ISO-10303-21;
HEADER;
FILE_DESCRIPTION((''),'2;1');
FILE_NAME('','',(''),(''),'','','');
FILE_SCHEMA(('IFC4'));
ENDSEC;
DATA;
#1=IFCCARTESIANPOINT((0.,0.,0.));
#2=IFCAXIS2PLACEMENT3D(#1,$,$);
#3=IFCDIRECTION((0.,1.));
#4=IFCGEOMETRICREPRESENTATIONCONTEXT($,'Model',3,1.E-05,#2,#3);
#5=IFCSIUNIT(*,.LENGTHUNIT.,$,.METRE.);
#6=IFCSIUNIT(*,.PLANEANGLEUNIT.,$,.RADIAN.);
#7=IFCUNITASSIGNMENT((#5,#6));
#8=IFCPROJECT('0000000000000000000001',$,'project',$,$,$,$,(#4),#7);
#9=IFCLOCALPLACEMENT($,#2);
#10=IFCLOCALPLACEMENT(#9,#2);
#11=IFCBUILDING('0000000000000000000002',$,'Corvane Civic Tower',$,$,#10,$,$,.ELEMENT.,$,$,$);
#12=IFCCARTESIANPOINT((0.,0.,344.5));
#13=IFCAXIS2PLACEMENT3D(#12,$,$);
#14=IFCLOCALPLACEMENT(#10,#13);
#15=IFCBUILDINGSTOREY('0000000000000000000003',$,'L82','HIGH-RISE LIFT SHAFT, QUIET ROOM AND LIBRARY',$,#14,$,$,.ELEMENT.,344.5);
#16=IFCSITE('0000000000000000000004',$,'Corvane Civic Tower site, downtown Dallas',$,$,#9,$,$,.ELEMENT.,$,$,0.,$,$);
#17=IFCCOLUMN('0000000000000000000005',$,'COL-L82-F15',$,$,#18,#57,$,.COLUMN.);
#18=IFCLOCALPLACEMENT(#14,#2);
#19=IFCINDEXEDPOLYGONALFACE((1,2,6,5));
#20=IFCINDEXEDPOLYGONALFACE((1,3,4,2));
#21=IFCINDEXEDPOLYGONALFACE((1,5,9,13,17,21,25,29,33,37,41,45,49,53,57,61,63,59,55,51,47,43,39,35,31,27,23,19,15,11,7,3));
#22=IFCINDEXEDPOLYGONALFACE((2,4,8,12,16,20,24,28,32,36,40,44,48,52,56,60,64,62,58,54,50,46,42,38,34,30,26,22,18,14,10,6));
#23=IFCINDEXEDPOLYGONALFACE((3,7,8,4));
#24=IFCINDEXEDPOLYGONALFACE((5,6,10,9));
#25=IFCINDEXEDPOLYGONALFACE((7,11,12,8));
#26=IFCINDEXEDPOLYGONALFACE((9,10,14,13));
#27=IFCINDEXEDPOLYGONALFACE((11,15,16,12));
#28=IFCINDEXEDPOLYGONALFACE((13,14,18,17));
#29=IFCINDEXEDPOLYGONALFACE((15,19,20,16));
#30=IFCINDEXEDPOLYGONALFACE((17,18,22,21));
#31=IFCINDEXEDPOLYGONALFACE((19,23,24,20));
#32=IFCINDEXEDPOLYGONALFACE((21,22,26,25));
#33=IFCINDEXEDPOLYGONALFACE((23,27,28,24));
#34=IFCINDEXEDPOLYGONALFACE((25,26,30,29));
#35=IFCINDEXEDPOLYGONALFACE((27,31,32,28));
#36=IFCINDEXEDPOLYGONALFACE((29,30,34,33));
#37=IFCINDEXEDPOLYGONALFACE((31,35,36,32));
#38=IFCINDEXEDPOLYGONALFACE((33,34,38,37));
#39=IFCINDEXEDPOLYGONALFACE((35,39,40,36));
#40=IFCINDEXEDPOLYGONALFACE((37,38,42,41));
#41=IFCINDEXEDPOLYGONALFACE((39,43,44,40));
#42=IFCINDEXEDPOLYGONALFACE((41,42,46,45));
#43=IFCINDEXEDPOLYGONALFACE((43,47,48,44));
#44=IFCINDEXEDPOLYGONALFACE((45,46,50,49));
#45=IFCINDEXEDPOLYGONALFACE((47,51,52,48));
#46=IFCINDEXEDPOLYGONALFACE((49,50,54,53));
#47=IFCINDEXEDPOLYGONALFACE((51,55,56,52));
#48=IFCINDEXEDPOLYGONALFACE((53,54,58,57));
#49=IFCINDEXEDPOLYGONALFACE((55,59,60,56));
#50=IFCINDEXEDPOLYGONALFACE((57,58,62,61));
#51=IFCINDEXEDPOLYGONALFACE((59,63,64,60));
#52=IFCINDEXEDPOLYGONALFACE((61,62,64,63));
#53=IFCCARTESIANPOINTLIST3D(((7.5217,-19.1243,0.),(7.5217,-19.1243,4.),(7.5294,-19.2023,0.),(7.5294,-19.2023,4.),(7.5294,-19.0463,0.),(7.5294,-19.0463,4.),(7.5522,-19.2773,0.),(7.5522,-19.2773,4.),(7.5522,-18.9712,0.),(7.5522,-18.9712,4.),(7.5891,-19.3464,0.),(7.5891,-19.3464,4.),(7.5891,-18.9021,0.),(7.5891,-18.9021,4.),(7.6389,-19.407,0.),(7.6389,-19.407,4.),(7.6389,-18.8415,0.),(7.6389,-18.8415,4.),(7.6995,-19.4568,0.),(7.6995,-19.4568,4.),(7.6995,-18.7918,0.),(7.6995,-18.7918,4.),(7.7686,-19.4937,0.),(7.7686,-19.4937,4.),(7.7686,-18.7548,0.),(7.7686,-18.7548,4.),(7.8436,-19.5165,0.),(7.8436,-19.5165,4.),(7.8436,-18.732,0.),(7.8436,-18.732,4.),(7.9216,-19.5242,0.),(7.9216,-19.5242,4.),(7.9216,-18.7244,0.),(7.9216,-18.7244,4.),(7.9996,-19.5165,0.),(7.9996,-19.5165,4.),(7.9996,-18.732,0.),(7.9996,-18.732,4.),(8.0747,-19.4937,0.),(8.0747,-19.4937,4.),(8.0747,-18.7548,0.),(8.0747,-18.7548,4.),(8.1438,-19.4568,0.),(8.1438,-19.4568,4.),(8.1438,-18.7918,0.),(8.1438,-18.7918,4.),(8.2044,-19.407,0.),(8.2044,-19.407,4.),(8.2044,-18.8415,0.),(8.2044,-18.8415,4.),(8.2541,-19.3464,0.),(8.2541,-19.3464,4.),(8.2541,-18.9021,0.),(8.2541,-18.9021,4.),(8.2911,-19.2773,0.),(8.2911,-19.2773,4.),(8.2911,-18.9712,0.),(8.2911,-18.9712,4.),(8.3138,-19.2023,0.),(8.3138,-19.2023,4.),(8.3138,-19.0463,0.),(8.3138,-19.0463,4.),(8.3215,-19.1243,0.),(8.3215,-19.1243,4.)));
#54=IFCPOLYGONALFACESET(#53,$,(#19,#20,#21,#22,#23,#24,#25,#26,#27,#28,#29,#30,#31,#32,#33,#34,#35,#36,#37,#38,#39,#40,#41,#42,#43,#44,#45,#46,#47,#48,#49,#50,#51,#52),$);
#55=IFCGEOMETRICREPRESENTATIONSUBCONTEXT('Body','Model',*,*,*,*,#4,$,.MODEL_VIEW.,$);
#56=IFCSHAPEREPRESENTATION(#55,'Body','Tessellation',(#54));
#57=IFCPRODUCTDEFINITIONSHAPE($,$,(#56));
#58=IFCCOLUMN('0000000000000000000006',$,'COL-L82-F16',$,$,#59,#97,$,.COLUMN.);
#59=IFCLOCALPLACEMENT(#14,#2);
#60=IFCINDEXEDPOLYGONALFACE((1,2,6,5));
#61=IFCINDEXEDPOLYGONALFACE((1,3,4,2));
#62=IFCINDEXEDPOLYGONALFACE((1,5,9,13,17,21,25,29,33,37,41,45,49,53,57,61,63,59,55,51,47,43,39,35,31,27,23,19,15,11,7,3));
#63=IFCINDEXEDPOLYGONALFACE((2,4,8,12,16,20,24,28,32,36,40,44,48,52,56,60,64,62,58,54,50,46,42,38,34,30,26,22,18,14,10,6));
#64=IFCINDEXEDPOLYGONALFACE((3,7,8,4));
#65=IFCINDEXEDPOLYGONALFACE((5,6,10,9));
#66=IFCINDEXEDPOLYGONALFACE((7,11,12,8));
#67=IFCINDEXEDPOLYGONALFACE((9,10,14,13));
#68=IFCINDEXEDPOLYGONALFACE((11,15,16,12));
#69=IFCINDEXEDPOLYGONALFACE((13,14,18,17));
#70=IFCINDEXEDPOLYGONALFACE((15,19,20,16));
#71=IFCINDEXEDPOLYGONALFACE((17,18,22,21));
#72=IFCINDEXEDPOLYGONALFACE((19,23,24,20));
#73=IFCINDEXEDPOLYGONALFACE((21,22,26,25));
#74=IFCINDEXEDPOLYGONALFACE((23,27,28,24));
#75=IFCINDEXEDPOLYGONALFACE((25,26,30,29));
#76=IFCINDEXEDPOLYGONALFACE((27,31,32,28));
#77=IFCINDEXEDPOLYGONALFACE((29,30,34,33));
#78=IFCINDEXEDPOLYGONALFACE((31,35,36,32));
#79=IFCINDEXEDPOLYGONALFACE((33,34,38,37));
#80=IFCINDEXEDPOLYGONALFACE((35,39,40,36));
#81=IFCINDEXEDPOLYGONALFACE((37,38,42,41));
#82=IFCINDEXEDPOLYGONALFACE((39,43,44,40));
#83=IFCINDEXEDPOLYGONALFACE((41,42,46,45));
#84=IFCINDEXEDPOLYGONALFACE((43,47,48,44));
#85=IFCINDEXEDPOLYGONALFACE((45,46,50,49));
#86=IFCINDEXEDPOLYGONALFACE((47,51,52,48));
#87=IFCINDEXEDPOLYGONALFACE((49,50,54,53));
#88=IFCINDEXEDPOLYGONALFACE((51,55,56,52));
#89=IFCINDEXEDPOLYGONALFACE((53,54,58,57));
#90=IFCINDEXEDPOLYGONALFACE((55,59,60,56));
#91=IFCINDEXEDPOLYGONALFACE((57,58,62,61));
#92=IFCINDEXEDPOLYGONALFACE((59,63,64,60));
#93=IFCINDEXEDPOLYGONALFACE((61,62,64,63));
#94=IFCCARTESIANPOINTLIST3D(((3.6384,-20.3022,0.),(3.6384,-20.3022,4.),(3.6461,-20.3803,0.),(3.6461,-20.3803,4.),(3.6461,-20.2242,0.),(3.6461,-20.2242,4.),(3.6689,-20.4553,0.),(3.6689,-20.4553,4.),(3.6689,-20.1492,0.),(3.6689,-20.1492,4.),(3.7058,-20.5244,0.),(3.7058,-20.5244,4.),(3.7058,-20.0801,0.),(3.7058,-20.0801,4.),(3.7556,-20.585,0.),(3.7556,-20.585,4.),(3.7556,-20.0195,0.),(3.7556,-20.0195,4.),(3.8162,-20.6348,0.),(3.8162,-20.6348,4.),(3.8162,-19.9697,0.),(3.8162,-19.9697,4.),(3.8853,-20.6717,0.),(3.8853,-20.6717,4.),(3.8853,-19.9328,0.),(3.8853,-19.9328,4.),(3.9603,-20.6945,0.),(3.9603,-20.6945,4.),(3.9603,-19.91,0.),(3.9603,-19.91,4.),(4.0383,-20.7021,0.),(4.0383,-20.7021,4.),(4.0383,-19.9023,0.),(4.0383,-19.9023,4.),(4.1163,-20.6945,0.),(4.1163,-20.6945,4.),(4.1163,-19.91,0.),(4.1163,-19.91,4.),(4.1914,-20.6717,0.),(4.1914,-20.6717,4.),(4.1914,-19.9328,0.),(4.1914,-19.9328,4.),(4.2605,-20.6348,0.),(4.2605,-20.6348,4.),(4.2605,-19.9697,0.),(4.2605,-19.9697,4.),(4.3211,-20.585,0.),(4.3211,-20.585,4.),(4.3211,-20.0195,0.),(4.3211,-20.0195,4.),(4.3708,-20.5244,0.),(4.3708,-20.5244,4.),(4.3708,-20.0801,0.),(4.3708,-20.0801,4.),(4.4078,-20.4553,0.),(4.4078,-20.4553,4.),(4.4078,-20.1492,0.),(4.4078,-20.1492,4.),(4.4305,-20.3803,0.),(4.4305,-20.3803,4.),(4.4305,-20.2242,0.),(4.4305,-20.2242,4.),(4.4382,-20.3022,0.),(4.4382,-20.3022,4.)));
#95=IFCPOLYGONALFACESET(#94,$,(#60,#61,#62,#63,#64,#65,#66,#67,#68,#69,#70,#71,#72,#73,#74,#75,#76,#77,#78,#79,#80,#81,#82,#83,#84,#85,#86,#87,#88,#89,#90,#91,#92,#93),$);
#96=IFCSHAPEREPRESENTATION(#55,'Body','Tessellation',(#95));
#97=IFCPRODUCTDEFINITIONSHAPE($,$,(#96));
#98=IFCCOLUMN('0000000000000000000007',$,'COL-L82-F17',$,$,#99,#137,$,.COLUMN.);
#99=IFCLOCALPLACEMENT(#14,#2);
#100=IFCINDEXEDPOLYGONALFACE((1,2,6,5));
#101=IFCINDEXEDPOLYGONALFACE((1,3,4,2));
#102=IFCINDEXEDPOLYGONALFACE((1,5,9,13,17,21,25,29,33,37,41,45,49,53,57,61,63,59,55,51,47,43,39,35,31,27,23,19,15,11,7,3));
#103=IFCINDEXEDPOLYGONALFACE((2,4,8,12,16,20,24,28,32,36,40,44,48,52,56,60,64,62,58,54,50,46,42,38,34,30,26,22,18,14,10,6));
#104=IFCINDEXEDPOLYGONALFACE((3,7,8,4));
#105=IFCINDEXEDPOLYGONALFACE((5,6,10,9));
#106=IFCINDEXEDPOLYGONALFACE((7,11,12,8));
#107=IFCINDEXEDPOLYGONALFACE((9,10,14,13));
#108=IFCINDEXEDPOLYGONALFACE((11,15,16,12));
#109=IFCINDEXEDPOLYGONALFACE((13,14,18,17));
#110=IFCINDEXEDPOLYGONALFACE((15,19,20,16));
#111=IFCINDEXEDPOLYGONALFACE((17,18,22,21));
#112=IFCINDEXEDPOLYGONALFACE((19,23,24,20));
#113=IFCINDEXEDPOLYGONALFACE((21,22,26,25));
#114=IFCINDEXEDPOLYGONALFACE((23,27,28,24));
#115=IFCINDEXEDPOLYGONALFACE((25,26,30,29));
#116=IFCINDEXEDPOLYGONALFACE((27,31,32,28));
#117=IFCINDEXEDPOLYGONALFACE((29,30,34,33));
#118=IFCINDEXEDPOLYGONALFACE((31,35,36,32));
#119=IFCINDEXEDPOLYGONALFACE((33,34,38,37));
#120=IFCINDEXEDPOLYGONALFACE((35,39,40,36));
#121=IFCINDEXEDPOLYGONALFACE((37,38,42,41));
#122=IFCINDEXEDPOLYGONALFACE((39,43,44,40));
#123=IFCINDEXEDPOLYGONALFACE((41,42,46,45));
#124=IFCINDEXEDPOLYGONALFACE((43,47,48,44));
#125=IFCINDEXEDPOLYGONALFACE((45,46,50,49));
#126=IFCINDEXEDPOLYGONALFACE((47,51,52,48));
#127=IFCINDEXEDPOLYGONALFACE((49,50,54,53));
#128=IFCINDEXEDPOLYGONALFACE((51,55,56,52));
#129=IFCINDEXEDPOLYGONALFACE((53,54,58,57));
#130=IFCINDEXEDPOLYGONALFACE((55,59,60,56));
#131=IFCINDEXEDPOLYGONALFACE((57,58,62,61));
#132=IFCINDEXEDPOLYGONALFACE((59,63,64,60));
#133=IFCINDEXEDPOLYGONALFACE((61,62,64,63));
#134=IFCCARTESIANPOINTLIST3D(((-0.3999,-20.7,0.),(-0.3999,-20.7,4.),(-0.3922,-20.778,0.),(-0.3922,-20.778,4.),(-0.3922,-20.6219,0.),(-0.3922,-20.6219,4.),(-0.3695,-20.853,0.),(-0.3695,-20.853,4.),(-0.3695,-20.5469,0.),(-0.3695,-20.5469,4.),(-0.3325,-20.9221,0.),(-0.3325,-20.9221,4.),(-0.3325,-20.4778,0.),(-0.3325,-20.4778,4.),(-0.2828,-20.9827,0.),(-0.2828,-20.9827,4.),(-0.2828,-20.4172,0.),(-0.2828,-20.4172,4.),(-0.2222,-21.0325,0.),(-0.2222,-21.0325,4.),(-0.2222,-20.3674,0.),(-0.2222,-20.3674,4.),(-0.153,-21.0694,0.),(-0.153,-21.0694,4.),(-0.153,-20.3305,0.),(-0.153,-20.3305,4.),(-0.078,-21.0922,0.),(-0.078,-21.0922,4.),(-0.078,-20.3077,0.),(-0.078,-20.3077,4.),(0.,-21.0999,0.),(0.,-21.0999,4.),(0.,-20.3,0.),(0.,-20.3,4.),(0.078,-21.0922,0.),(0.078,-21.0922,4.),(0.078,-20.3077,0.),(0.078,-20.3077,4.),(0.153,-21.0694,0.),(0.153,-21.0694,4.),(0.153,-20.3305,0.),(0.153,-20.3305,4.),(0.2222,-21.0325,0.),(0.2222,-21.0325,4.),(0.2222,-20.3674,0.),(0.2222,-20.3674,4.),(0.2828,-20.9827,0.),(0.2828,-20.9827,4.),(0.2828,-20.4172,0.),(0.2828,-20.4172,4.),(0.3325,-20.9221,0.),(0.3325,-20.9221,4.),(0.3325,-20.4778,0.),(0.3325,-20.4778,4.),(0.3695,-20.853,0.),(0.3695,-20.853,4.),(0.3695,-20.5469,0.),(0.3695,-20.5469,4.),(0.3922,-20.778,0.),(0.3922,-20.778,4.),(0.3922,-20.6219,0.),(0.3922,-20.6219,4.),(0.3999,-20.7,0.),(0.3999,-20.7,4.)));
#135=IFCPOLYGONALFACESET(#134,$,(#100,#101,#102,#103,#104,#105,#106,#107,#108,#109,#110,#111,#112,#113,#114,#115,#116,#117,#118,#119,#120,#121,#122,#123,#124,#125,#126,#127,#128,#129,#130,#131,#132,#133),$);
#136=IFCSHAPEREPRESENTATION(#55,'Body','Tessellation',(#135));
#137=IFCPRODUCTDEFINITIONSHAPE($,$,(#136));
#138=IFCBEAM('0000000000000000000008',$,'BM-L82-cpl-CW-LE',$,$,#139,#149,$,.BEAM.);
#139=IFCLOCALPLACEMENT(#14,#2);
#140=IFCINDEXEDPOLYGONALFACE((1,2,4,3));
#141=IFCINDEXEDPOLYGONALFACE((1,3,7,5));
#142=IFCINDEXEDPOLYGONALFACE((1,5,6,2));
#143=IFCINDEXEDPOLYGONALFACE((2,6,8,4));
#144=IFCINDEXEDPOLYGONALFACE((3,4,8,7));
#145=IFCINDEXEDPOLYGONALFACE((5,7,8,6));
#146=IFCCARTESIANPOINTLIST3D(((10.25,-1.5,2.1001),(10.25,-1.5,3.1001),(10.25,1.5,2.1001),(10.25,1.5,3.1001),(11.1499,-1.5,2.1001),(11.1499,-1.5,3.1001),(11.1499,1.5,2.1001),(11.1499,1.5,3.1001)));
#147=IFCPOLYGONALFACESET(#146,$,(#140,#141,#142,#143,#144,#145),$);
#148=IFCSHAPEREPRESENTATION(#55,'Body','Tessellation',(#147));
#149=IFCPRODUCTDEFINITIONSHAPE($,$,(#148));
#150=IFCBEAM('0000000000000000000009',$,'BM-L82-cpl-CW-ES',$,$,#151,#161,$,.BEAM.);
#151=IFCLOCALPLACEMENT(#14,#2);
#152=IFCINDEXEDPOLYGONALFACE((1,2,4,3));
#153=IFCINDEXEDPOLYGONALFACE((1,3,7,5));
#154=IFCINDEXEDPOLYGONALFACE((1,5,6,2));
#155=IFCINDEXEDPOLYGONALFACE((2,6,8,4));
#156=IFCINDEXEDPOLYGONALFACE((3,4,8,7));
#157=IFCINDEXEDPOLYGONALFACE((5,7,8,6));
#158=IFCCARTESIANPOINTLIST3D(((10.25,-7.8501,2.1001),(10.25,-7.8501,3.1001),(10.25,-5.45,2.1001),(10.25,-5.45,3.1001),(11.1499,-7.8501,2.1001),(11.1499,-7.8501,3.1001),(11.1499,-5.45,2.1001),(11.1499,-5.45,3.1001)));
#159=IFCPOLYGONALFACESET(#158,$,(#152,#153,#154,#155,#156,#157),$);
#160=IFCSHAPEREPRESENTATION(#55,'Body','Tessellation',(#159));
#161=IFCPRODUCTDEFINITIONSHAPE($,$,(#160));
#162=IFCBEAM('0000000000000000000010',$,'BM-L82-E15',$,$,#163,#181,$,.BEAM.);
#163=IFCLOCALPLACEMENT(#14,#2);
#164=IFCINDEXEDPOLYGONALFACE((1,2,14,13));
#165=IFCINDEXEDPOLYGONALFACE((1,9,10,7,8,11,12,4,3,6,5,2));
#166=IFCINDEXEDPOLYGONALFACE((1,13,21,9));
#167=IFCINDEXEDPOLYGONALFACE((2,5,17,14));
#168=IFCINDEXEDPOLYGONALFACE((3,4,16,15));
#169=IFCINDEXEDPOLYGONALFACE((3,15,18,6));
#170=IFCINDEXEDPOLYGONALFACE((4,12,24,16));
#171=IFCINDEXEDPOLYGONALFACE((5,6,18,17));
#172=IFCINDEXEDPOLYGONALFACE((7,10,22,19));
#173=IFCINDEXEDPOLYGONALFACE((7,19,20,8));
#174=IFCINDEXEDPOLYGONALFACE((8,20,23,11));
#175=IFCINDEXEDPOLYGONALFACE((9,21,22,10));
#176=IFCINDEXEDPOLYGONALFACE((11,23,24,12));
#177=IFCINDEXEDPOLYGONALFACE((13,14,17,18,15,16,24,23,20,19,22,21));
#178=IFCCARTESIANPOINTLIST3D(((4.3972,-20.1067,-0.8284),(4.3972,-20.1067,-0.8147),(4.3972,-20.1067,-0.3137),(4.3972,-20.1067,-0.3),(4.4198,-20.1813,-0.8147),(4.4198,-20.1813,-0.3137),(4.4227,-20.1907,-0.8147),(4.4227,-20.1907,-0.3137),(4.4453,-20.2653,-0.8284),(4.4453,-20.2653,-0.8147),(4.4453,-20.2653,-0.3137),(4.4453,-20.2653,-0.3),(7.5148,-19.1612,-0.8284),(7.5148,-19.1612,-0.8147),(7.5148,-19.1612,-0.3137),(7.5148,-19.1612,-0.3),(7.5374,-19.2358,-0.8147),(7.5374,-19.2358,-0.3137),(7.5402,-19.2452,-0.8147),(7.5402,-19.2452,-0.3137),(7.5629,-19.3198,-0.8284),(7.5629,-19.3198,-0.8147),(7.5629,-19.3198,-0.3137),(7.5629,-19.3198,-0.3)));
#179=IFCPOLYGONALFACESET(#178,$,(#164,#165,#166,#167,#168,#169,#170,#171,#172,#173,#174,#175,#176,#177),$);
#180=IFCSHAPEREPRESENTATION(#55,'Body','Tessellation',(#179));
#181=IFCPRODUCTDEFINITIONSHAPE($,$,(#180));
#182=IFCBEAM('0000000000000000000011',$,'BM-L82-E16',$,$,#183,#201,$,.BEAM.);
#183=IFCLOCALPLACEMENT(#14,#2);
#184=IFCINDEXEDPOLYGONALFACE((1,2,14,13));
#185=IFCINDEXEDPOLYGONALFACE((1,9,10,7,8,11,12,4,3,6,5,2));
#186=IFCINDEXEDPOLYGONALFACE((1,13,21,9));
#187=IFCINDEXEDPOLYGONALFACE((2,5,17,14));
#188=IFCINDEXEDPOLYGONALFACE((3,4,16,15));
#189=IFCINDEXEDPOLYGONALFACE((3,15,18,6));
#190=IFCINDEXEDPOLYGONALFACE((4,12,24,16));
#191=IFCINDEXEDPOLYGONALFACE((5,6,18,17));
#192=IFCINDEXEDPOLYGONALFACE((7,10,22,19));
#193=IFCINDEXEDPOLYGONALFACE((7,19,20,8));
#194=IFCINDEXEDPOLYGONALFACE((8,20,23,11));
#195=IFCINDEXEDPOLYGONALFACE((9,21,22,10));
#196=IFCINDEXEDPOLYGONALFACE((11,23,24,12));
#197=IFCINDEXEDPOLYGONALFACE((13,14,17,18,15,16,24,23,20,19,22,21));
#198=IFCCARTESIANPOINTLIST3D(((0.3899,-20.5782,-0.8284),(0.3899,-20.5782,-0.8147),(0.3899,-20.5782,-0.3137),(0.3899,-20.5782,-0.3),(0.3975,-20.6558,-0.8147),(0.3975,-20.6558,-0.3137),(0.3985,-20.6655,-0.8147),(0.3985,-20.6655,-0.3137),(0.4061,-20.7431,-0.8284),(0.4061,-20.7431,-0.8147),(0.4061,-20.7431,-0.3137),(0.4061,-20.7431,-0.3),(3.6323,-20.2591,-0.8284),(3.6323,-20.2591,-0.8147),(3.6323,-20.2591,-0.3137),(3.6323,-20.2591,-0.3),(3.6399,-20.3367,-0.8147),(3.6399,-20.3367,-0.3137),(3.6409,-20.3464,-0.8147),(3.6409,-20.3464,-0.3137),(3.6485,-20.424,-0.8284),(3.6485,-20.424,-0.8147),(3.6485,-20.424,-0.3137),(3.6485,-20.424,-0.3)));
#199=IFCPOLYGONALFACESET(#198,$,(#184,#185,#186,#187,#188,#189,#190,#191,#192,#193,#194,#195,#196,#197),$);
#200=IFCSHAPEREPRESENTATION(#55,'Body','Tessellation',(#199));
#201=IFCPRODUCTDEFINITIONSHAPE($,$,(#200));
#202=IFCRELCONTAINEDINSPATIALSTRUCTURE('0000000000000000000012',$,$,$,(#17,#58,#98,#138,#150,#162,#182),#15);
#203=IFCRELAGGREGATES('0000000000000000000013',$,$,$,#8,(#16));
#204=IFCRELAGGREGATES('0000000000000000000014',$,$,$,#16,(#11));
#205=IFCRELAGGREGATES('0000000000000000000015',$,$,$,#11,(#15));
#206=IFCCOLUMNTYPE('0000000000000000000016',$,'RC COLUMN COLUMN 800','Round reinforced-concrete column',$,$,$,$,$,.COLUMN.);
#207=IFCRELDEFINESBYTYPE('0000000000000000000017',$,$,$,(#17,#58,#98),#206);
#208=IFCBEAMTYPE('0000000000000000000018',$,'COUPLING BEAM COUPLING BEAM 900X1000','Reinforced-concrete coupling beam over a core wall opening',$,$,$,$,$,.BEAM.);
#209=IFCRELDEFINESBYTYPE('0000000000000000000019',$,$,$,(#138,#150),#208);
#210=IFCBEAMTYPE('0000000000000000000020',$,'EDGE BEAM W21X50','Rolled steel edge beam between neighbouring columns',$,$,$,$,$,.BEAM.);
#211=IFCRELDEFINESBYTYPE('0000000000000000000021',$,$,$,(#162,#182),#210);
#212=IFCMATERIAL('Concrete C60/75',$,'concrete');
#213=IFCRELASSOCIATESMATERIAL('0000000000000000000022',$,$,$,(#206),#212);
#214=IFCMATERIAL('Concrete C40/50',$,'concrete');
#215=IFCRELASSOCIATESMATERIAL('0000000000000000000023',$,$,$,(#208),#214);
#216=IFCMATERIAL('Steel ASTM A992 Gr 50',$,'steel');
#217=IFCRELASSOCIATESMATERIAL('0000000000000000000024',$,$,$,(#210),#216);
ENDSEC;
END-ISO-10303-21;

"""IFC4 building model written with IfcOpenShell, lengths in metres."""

from ifc_helpers import new_model, si_unit, direction, frame, origin, origin_2d, place, context, subcontext, project, spatial, rectangle, circle, i_section, extrude, material, material_profile, profile_set, type_object, element, save


model = new_model("IFC4")

# Units and contexts
model_context = context("Model", 3, precision=1e-05, world=origin(), true_north=direction((0.0, 1.0)))
body_context = subcontext(model_context, "Body", "Model", "MODEL_VIEW")
ifc_project = project(units=[si_unit("LENGTHUNIT", "METRE"), si_unit("PLANEANGLEUNIT", "RADIAN")], contexts=[model_context])

# Site, building, storey
site_placement = place(None, origin())
site = spatial("IfcSite", under=ifc_project, at=site_placement, Name="Corvane Civic Tower site, downtown Dallas", CompositionType="ELEMENT", RefElevation=0.0)
building_placement = place(site_placement, origin())
building = spatial("IfcBuilding", under=site, at=building_placement, Name="Corvane Civic Tower", CompositionType="ELEMENT")
storey_placement = place(building_placement, frame((0.0, 0.0, 344.5)))
storey = spatial("IfcBuildingStorey", under=building, at=storey_placement, Name="L82", Description="HIGH-RISE LIFT SHAFT, QUIET ROOM AND LIBRARY", CompositionType="ELEMENT", Elevation=344.5)

# Columns
ifc_material_1 = material(Name="Concrete C60/75", Category="concrete")
ifc_material_profile_1 = material_profile(ifc_material_1, circle(Radius=0.3999, at=origin_2d()), Name="COLUMN 800")
ifc_profile_set_1 = profile_set([ifc_material_profile_1], Name="Concrete C60/75")
column_type = type_object("IfcColumnType", Name="RC COLUMN COLUMN 800", Description="Round reinforced-concrete column", PredefinedType="COLUMN", material=ifc_profile_set_1)
for number, where, z_axis, x_axis, name in (
    (1, (7.9216, -19.1243, 0.0), (0.0, 0.0, 1.0), (1.0, 0.0, 0.0), "COL-L82-F15"),
    (2, (4.0383, -20.3022, 0.0), (0.0, 0.0, 1.0), (1.0, 0.0, 0.0), "COL-L82-F16"),
    (3, (0.0, -20.7, 0.0), (0.0, 0.0, 1.0), (1.0, 0.0, 0.0), "COL-L82-F17"),
):
    element("IfcColumn", number, at=place(storey_placement, frame(where, z_axis=z_axis, x_axis=x_axis)), inside=storey, type_object=column_type, Name=name, PredefinedType="COLUMN", context=body_context, shape_type="SweptSolid", body=[
        extrude(circle(Radius=0.3999, at=origin_2d()), origin(), (0.0, 0.0, 1.0), 4.0),
    ])

# Beams
ifc_material_2 = material(Name="Concrete C40/50", Category="concrete")
ifc_material_profile_2 = material_profile(ifc_material_2, rectangle(XDim=0.8999, YDim=1.0, at=origin_2d()), Name="COUPLING BEAM 900X1000")
ifc_profile_set_2 = profile_set([ifc_material_profile_2], Name="Concrete C40/50")
beam_type_1 = type_object("IfcBeamType", Name="COUPLING BEAM COUPLING BEAM 900X1000", Description="Reinforced-concrete coupling beam over a core wall opening", PredefinedType="BEAM", material=ifc_profile_set_2)
beam_1_placement = place(storey_placement, frame((10.7, -1.5, 2.6001), z_axis=(0.0, 1.0, 0.0), x_axis=(-1.0, 0.0, 0.0)))
element("IfcBeam", 4, at=beam_1_placement, inside=storey, type_object=beam_type_1, Name="BM-L82-cpl-CW-LE", PredefinedType="BEAM", context=body_context, shape_type="SweptSolid", body=[
    extrude(rectangle(XDim=0.8999, YDim=1.0, at=origin_2d()), origin(), (0.0, 0.0, 1.0), 3.0),
])
beam_2_placement = place(storey_placement, frame((10.7, -7.8501, 2.6001), z_axis=(0.0, 1.0, 0.0), x_axis=(-1.0, 0.0, 0.0)))
element("IfcBeam", 5, at=beam_2_placement, inside=storey, type_object=beam_type_1, Name="BM-L82-cpl-CW-ES", PredefinedType="BEAM", context=body_context, shape_type="SweptSolid", body=[
    extrude(rectangle(XDim=0.8999, YDim=1.0, at=origin_2d()), origin(), (0.0, 0.0, 1.0), 2.4001),
])
ifc_material_3 = material(Name="Steel ASTM A992 Gr 50", Category="steel")
ifc_material_profile_3 = material_profile(ifc_material_3, i_section(OverallWidth=0.1658, OverallDepth=0.5283, WebThickness=0.0098, FlangeThickness=0.0137, at=origin_2d()), Name="W21X50")
ifc_profile_set_3 = profile_set([ifc_material_profile_3], Name="Steel ASTM A992 Gr 50")
beam_type_2 = type_object("IfcBeamType", Name="EDGE BEAM W21X50", Description="Rolled steel edge beam between neighbouring columns", PredefinedType="BEAM", material=ifc_profile_set_3)
beam_3_placement = place(storey_placement, frame((7.5388, -19.2405, -0.5642), z_axis=(-0.956956, -0.290234, 0.0), x_axis=(0.290234, -0.956956, 0.0)))
element("IfcBeam", 6, at=beam_3_placement, inside=storey, type_object=beam_type_2, Name="BM-L82-E15", PredefinedType="BEAM", context=body_context, shape_type="SweptSolid", body=[
    extrude(i_section(OverallWidth=0.1658, OverallDepth=0.5283, WebThickness=0.0098, FlangeThickness=0.0137, at=origin_2d()), origin(), (0.0, 0.0, 1.0), 3.2578),
])
for number, where, z_axis, x_axis, name in (
    (7, (3.6404, -20.3416, -0.5642), (-0.995193, -0.097938, 0.0), (0.097938, -0.995193, 0.0), "BM-L82-E16"),
):
    element("IfcBeam", number, at=place(storey_placement, frame(where, z_axis=z_axis, x_axis=x_axis)), inside=storey, type_object=beam_type_2, Name=name, PredefinedType="BEAM", context=body_context, shape_type="SweptSolid", body=[
        extrude(i_section(OverallWidth=0.1658, OverallDepth=0.5283, WebThickness=0.0098, FlangeThickness=0.0137, at=origin_2d()), origin(), (0.0, 0.0, 1.0), 3.2581),
    ])

save(model, "model.ifc")
